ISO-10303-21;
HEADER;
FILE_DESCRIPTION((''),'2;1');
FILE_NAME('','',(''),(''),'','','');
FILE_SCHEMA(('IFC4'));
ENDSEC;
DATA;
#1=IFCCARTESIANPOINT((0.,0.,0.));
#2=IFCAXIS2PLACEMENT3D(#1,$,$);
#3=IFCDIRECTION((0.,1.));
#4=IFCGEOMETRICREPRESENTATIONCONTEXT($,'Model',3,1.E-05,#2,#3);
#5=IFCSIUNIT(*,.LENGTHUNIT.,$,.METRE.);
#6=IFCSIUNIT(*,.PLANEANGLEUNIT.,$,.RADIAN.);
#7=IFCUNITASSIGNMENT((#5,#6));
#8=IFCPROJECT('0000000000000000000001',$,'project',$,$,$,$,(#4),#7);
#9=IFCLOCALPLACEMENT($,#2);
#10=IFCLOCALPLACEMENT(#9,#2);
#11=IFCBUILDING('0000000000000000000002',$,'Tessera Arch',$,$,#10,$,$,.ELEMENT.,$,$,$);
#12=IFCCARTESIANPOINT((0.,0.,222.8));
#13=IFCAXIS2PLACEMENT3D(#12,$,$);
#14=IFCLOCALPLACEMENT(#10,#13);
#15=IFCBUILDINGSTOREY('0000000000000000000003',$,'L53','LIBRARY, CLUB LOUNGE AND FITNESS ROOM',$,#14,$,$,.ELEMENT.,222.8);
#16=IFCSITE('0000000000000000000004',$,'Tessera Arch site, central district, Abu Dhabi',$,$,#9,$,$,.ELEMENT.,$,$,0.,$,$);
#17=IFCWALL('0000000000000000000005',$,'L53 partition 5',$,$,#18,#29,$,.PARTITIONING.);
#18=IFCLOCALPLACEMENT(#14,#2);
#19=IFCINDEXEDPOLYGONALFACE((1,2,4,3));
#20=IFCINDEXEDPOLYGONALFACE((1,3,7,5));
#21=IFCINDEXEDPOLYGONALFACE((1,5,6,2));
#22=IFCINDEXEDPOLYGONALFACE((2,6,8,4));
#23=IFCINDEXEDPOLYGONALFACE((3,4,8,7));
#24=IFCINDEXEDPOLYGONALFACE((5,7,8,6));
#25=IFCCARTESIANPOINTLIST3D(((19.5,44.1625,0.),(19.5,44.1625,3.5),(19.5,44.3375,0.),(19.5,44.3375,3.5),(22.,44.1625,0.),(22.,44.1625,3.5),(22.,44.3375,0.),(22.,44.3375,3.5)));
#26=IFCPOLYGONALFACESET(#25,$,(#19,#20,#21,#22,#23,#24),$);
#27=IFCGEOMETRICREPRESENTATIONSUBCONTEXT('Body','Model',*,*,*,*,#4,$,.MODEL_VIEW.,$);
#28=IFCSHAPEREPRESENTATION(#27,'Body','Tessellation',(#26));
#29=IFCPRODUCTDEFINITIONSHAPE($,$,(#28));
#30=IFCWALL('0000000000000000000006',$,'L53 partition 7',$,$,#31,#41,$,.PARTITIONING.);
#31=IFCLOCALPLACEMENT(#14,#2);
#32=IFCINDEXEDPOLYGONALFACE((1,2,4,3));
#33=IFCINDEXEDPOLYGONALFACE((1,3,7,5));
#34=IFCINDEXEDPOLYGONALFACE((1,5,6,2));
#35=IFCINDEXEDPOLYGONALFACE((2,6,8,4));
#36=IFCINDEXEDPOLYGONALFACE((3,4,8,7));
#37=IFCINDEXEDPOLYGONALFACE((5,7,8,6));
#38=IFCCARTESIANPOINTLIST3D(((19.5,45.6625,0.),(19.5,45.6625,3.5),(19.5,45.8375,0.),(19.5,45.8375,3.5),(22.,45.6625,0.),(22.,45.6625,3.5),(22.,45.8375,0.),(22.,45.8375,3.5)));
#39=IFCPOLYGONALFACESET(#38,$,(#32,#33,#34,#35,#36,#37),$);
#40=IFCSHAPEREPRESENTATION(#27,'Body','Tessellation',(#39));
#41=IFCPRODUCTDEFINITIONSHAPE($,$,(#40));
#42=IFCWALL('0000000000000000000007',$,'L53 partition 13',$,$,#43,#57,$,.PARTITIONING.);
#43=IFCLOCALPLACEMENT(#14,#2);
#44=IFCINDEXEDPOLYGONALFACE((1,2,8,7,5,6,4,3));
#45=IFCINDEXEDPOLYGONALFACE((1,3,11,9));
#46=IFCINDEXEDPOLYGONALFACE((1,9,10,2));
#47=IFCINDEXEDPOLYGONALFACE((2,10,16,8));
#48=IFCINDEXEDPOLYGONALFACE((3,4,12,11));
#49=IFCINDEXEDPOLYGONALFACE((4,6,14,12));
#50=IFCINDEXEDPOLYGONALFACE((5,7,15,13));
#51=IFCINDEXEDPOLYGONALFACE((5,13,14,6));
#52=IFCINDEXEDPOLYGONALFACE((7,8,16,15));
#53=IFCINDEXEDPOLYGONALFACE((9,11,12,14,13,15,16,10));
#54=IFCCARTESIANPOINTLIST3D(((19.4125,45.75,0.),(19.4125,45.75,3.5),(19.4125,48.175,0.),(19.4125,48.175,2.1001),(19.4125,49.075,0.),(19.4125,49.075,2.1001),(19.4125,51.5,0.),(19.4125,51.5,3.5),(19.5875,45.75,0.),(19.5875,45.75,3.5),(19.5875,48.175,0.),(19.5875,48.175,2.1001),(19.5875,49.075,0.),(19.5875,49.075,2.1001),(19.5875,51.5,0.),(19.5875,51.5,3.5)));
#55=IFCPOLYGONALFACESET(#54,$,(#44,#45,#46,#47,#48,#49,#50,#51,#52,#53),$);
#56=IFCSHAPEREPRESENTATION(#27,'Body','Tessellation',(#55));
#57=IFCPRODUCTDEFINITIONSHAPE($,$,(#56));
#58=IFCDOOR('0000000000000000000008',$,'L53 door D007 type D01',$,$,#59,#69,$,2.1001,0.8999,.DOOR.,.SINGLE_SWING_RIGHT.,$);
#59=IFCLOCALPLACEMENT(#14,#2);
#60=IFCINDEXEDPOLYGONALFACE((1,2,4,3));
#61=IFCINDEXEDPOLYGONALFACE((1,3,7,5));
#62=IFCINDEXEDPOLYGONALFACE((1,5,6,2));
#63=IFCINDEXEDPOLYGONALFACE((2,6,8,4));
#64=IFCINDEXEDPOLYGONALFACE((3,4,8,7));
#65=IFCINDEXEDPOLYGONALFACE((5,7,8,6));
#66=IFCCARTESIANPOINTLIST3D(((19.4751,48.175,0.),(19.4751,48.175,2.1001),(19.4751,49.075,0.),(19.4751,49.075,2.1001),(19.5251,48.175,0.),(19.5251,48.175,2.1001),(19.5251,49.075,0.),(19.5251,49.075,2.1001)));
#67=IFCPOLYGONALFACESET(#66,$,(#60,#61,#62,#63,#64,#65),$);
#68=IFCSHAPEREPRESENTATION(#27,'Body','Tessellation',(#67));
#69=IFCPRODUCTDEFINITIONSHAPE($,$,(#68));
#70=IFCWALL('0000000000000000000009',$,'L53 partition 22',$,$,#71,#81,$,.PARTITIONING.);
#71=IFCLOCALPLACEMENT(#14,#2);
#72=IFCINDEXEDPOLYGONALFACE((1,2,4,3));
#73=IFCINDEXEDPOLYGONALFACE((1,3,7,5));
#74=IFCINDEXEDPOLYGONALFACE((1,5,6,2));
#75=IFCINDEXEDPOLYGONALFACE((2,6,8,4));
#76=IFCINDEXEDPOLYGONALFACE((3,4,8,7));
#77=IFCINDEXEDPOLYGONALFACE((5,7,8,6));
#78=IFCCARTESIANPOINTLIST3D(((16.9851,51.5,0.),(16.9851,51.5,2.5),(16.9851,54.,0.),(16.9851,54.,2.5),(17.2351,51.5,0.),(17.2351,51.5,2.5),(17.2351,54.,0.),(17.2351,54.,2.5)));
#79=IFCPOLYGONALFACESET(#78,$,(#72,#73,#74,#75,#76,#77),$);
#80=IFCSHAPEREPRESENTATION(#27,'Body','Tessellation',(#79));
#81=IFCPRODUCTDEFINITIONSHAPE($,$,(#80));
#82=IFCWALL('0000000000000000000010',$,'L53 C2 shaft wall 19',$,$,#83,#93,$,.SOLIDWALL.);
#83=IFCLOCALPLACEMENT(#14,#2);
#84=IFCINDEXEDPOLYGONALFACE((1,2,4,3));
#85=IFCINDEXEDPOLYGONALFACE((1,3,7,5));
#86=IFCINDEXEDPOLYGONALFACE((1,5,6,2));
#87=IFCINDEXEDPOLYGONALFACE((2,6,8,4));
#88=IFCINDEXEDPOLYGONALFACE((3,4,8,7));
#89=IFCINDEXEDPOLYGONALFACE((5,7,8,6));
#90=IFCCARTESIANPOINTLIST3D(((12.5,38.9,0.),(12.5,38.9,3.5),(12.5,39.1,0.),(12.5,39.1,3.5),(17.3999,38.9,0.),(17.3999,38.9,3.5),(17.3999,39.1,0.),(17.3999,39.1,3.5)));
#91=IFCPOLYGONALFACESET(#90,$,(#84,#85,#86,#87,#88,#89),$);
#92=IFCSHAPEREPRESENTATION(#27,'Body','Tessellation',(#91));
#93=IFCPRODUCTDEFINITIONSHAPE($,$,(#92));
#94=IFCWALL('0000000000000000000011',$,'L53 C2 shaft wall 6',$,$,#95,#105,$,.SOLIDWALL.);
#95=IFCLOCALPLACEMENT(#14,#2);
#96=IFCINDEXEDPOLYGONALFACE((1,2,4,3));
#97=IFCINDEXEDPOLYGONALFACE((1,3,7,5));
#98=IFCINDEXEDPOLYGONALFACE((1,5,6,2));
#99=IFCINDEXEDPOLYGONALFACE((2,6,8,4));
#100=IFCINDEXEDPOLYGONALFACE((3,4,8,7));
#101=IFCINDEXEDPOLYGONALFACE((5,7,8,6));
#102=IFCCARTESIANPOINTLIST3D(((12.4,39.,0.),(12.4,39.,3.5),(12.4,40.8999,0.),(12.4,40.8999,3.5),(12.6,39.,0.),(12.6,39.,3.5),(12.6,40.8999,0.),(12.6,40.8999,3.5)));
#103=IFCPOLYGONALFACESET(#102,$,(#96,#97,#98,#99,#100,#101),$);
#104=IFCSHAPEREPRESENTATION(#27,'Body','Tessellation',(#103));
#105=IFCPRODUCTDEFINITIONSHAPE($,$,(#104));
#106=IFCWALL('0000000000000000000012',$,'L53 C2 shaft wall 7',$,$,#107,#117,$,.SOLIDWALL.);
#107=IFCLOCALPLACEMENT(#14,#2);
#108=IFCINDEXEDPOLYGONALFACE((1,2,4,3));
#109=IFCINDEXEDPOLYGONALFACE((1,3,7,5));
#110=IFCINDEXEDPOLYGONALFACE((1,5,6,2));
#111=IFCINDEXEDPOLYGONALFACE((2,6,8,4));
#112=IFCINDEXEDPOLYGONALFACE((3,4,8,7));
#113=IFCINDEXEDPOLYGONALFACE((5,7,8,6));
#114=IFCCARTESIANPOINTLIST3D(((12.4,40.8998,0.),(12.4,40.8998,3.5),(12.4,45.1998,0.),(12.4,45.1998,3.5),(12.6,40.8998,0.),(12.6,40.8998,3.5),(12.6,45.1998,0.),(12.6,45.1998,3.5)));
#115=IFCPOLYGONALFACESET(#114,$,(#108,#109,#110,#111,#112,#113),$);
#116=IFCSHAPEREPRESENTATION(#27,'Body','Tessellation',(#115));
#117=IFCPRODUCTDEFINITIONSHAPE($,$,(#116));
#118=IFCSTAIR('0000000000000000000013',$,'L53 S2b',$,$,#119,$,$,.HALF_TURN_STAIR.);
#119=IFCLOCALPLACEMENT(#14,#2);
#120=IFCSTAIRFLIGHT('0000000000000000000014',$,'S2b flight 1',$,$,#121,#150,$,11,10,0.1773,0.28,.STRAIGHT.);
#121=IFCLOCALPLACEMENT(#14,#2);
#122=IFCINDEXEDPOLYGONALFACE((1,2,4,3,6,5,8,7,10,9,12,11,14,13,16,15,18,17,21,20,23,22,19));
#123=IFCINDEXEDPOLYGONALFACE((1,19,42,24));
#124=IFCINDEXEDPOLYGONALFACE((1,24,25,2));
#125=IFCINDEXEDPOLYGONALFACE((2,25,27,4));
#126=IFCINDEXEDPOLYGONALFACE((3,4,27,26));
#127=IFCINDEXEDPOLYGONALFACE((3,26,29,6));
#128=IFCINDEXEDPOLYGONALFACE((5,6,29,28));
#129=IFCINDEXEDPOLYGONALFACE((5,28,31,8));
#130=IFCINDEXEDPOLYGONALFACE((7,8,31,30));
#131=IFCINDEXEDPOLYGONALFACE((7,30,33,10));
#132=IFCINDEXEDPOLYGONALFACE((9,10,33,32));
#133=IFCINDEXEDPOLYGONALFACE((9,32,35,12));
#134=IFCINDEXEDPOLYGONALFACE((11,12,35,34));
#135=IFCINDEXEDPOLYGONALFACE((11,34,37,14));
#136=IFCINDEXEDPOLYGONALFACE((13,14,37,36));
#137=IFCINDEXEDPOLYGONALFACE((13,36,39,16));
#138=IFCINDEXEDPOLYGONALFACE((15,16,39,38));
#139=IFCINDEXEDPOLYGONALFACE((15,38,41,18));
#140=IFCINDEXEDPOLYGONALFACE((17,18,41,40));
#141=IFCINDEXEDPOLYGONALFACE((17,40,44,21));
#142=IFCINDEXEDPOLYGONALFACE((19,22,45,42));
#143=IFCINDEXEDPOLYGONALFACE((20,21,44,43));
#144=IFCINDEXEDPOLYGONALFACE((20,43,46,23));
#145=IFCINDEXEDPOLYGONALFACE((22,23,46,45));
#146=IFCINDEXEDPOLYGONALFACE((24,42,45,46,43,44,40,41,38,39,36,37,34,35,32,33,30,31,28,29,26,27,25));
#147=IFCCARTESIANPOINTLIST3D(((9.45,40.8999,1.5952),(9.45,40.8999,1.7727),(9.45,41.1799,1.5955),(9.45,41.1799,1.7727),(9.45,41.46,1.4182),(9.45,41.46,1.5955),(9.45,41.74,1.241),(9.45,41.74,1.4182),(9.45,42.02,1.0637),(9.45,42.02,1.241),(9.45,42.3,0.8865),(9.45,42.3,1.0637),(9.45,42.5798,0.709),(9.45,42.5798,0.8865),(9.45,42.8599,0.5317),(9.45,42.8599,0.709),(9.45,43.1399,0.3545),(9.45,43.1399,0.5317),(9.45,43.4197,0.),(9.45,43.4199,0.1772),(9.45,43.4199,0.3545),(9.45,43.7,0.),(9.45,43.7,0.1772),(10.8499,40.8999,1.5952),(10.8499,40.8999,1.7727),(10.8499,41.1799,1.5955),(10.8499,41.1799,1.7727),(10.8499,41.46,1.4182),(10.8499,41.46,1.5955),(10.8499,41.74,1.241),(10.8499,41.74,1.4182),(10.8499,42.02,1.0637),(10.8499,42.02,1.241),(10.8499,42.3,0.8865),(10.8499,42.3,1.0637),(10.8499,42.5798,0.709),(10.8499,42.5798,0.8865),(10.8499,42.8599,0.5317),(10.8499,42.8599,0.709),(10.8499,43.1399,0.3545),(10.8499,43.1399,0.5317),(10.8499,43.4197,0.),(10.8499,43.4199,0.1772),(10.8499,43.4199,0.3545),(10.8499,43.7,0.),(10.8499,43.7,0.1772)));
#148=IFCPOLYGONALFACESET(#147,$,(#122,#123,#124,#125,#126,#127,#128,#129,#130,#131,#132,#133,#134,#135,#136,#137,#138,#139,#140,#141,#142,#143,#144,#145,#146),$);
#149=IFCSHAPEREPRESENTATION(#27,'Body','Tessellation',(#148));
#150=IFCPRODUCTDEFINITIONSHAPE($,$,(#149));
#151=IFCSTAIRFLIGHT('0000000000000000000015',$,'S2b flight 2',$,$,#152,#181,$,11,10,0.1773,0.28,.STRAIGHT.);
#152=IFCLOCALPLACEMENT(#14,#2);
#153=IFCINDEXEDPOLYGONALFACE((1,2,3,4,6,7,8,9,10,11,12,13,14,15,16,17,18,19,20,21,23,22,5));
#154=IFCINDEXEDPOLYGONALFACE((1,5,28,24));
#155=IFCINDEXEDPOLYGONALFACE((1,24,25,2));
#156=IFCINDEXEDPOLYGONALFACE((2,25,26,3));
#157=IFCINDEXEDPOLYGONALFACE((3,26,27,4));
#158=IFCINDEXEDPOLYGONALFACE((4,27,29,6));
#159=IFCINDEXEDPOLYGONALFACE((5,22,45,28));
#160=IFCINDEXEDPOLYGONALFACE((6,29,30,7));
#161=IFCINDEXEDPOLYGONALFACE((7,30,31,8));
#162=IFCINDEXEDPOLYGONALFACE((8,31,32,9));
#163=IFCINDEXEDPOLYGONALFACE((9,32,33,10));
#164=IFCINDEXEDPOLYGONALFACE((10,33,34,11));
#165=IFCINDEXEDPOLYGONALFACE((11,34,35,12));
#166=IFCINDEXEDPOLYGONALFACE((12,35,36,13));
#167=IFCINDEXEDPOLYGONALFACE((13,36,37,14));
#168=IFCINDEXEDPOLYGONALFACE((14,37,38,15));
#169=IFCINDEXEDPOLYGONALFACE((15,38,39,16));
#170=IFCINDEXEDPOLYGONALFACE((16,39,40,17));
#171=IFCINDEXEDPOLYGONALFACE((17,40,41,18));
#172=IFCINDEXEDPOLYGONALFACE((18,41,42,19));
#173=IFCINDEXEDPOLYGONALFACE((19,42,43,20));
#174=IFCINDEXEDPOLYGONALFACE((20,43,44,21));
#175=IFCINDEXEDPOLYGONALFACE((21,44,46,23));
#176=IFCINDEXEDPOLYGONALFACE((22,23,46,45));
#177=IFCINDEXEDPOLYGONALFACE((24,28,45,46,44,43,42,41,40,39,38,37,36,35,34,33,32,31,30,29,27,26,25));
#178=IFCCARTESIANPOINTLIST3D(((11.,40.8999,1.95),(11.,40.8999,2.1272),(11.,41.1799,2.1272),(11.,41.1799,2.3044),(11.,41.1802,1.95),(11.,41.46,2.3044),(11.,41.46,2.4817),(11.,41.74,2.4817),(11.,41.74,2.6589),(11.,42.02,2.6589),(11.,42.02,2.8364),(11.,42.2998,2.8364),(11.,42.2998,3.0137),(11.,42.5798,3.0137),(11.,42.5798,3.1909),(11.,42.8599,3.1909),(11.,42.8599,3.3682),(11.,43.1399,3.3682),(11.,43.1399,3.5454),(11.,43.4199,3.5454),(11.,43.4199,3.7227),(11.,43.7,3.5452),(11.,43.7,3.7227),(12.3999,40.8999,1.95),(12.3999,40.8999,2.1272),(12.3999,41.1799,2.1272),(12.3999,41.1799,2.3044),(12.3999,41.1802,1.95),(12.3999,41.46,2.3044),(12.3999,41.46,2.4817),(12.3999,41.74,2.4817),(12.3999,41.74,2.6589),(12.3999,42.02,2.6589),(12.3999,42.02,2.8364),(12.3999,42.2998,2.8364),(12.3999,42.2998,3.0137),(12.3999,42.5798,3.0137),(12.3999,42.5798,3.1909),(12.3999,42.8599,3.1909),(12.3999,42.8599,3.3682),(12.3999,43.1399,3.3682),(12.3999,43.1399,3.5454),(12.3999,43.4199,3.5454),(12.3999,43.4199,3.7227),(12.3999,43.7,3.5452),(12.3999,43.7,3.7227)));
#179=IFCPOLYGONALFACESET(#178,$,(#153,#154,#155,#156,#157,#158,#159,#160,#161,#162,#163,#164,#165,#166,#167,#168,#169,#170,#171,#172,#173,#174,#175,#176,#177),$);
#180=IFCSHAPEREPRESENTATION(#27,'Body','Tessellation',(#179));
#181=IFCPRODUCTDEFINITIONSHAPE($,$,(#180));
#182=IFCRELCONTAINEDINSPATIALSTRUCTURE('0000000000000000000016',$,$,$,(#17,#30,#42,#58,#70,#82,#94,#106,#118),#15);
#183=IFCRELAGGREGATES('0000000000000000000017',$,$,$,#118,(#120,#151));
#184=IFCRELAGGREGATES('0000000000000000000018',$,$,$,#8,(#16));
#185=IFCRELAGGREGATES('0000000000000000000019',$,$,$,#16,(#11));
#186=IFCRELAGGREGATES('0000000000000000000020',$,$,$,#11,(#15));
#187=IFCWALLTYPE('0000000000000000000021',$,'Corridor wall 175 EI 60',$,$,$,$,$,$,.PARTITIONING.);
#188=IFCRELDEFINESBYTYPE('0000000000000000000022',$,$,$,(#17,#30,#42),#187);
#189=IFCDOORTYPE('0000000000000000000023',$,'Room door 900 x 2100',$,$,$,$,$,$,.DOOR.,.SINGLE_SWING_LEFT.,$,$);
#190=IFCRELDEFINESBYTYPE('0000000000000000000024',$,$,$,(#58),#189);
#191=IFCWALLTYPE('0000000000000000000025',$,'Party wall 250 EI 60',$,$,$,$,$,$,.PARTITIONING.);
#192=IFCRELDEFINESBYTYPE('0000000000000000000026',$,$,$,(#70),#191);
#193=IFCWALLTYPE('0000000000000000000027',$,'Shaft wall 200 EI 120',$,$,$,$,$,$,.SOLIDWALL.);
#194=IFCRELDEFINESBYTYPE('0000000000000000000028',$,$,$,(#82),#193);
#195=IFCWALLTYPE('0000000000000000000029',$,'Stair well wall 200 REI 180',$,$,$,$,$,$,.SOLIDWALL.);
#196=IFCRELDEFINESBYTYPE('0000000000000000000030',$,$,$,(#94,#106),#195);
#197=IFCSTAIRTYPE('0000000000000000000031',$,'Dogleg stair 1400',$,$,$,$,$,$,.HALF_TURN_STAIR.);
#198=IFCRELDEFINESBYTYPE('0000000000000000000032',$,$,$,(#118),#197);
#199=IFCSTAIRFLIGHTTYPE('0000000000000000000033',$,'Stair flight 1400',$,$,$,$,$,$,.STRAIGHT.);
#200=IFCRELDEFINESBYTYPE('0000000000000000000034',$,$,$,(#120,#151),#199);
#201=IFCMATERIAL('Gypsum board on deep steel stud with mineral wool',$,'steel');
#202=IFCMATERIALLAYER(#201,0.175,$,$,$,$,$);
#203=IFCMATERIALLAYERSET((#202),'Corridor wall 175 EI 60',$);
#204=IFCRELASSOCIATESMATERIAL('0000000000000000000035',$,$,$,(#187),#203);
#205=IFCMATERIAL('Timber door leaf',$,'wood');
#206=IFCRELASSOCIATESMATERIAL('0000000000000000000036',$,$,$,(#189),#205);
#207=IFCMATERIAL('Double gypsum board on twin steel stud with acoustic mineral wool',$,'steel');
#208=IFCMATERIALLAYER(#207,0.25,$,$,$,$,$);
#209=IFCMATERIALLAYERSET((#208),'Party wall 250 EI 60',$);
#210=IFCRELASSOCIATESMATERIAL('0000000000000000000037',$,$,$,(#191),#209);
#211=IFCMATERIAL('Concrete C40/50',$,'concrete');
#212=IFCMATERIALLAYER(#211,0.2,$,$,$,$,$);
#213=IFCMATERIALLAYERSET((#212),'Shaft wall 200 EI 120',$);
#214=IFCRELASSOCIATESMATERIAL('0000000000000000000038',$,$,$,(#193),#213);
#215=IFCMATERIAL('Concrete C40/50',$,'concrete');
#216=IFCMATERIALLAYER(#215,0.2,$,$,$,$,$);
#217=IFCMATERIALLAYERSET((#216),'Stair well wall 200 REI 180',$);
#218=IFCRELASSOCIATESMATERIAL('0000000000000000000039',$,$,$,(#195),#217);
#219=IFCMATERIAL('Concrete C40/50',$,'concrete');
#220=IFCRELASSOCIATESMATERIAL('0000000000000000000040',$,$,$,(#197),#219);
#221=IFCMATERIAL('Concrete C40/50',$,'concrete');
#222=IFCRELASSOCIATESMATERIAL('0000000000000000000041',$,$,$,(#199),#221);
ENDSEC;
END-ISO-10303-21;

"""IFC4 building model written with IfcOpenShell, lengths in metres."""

from ifc_helpers import new_model, si_unit, direction, frame, frame_2d, origin, place, context, subcontext, project, spatial, polyline, rectangle, outline, extrude, material, layer, layer_set, type_object, element, fill, aggregate, save


model = new_model("IFC4")

# Units and contexts
model_context = context("Model", 3, precision=1e-05, world=origin(), true_north=direction((0.0, 1.0)))
body_context = subcontext(model_context, "Body", "Model", "MODEL_VIEW")
ifc_project = project(units=[si_unit("LENGTHUNIT", "METRE"), si_unit("PLANEANGLEUNIT", "RADIAN")], contexts=[model_context])

# Site, building, storey
site_placement = place(None, origin())
site = spatial("IfcSite", under=ifc_project, at=site_placement, Name="Tessera Arch site, central district, Abu Dhabi", CompositionType="ELEMENT", RefElevation=0.0)
building_placement = place(site_placement, origin())
building = spatial("IfcBuilding", under=site, at=building_placement, Name="Tessera Arch", CompositionType="ELEMENT")
storey_placement = place(building_placement, frame((0.0, 0.0, 222.8)))
storey = spatial("IfcBuildingStorey", under=building, at=storey_placement, Name="L53", Description="LIBRARY, CLUB LOUNGE AND FITNESS ROOM", CompositionType="ELEMENT", Elevation=222.8)

# Walls
ifc_material_1 = material(Name="Gypsum board on deep steel stud with mineral wool", Category="steel")
ifc_layer_1 = layer(ifc_material_1, 0.175)
ifc_layer_set_1 = layer_set([ifc_layer_1], Name="Corridor wall 175 EI 60")
wall_type_1 = type_object("IfcWallType", Name="Corridor wall 175 EI 60", PredefinedType="PARTITIONING", material=ifc_layer_set_1)
for number, where, z_axis, x_axis, name in (
    (1, (19.5, 44.25, 0.0), (0.0, 0.0, 1.0), (1.0, 0.0, 0.0), "L53 partition 5"),
    (2, (19.5, 45.75, 0.0), (0.0, 0.0, 1.0), (1.0, 0.0, 0.0), "L53 partition 7"),
):
    element("IfcWall", number, at=place(storey_placement, frame(where, z_axis=z_axis, x_axis=x_axis)), inside=storey, type_object=wall_type_1, Name=name, PredefinedType="PARTITIONING", context=body_context, shape_type="SweptSolid", body=[
        extrude(rectangle(XDim=2.5, YDim=0.175, at=frame_2d((1.25, 0.0))), origin(), (0.0, 0.0, 1.0), 3.5),
    ])

# Wall, opening, door
wall_1_placement = place(storey_placement, frame((19.5, 45.75, 0.0), z_axis=(0.0, 0.0, 1.0), x_axis=(0.0, 1.0, 0.0)))
wall_1 = element("IfcWall", 3, at=wall_1_placement, inside=storey, type_object=wall_type_1, Name="L53 partition 13", PredefinedType="PARTITIONING", context=body_context, shape_type="SweptSolid", body=[
    extrude(rectangle(XDim=5.75, YDim=0.175, at=frame_2d((2.875, 0.0))), origin(), (0.0, 0.0, 1.0), 3.5),
])
opening_1_placement = place(wall_1_placement, frame((2.425, 0.0, 0.0)))
opening_1 = element("IfcOpeningElement", 4, at=opening_1_placement, cuts=wall_1, PredefinedType="OPENING", context=body_context, shape_type="SweptSolid", body=[
    extrude(rectangle(XDim=0.8999, YDim=2.1001, at=frame_2d((0.45, 1.05))), frame((0.0, 0.0974, 0.0), z_axis=(0.0, -1.0, 0.0), x_axis=(1.0, 0.0, 0.0)), (0.0, 0.0, 1.0), 0.1951),
])
ifc_material_2 = material(Name="Timber door leaf", Category="wood")
door_type_1 = type_object("IfcDoorType", Name="Room door 900 x 2100", OperationType="SINGLE_SWING_LEFT", PredefinedType="DOOR", material=ifc_material_2)
door_1_placement = place(opening_1_placement, origin())
door_1 = element("IfcDoor", 5, at=door_1_placement, inside=storey, type_object=door_type_1, Name="L53 door D007 type D01", OperationType="SINGLE_SWING_RIGHT", OverallHeight=2.1001, OverallWidth=0.8999, PredefinedType="DOOR", context=body_context, shape_type="SweptSolid", body=[
    extrude(rectangle(XDim=0.8999, YDim=2.1001, at=frame_2d((0.45, 1.05))), frame((0.0, 0.0249, 0.0), z_axis=(0.0, -1.0, 0.0), x_axis=(1.0, 0.0, 0.0)), (0.0, 0.0, 1.0), 0.05),
])
fill(opening_1, door_1)

# Walls
ifc_material_3 = material(Name="Double gypsum board on twin steel stud with acoustic mineral wool", Category="steel")
ifc_layer_2 = layer(ifc_material_3, 0.25)
ifc_layer_set_2 = layer_set([ifc_layer_2], Name="Party wall 250 EI 60")
wall_type_2 = type_object("IfcWallType", Name="Party wall 250 EI 60", PredefinedType="PARTITIONING", material=ifc_layer_set_2)
wall_2_placement = place(storey_placement, frame((17.1101, 51.5, 0.0), z_axis=(0.0, 0.0, 1.0), x_axis=(0.0, 1.0, 0.0)))
element("IfcWall", 6, at=wall_2_placement, inside=storey, type_object=wall_type_2, Name="L53 partition 22", PredefinedType="PARTITIONING", context=body_context, shape_type="SweptSolid", body=[
    extrude(rectangle(XDim=2.5, YDim=0.25, at=frame_2d((1.25, 0.0))), origin(), (0.0, 0.0, 1.0), 2.5),
])
ifc_material_4 = material(Name="Concrete C40/50", Category="concrete")
ifc_layer_3 = layer(ifc_material_4, 0.2)
ifc_layer_set_3 = layer_set([ifc_layer_3], Name="Shaft wall 200 EI 120")
wall_type_3 = type_object("IfcWallType", Name="Shaft wall 200 EI 120", PredefinedType="SOLIDWALL", material=ifc_layer_set_3)
wall_3_placement = place(storey_placement, frame((12.5, 39.0, 0.0), z_axis=(0.0, 0.0, 1.0), x_axis=(1.0, 0.0, 0.0)))
element("IfcWall", 7, at=wall_3_placement, inside=storey, type_object=wall_type_3, Name="L53 C2 shaft wall 19", PredefinedType="SOLIDWALL", context=body_context, shape_type="SweptSolid", body=[
    extrude(rectangle(XDim=4.8999, YDim=0.2, at=frame_2d((2.45, 0.0))), origin(), (0.0, 0.0, 1.0), 3.5),
])
ifc_material_5 = material(Name="Concrete C40/50", Category="concrete")
ifc_layer_4 = layer(ifc_material_5, 0.2)
ifc_layer_set_4 = layer_set([ifc_layer_4], Name="Stair well wall 200 REI 180")
wall_type_4 = type_object("IfcWallType", Name="Stair well wall 200 REI 180", PredefinedType="SOLIDWALL", material=ifc_layer_set_4)
wall_4_placement = place(storey_placement, frame((12.5, 39.0, 0.0), z_axis=(0.0, 0.0, 1.0), x_axis=(0.0, 1.0, 0.0)))
element("IfcWall", 8, at=wall_4_placement, inside=storey, type_object=wall_type_4, Name="L53 C2 shaft wall 6", PredefinedType="SOLIDWALL", context=body_context, shape_type="SweptSolid", body=[
    extrude(rectangle(XDim=1.8999, YDim=0.2, at=frame_2d((0.95, 0.0))), origin(), (0.0, 0.0, 1.0), 3.5),
])
wall_5_placement = place(storey_placement, frame((12.5, 40.8999, 0.0), z_axis=(0.0, 0.0, 1.0), x_axis=(0.0, 1.0, 0.0)))
element("IfcWall", 9, at=wall_5_placement, inside=storey, type_object=wall_type_4, Name="L53 C2 shaft wall 7", PredefinedType="SOLIDWALL", context=body_context, shape_type="SweptSolid", body=[
    extrude(rectangle(XDim=4.3, YDim=0.2, at=frame_2d((2.1499, 0.0))), origin(), (0.0, 0.0, 1.0), 3.5),
])

# Stair, stair flights
ifc_material_6 = material(Name="Concrete C40/50", Category="concrete")
stair_type = type_object("IfcStairType", Name="Dogleg stair 1400", PredefinedType="HALF_TURN_STAIR", material=ifc_material_6)
stair_placement = place(storey_placement, origin())
stair = element("IfcStair", 10, at=stair_placement, inside=storey, type_object=stair_type, Name="L53 S2b", PredefinedType="HALF_TURN_STAIR")
ifc_material_7 = material(Name="Concrete C40/50", Category="concrete")
stair_flight_type = type_object("IfcStairFlightType", Name="Stair flight 1400", PredefinedType="STRAIGHT", material=ifc_material_7)
stair_flight_1_placement = place(storey_placement, frame((10.1499, 43.7, 0.0), z_axis=(0.0, 0.0, 1.0), x_axis=(0.0, -1.0, 0.0)))
stair_flight_1 = element("IfcStairFlight", 11, at=stair_flight_1_placement, type_object=stair_flight_type, Name="S2b flight 1", NumberOfRisers=11, NumberOfTreads=10, PredefinedType="STRAIGHT", RiserHeight=0.1773, TreadLength=0.28, context=body_context, shape_type="SweptSolid", body=[
    extrude(outline(polyline([(0.0, 0.0), (0.0, 0.1772), (0.28, 0.1772), (0.28, 0.3545), (0.5601, 0.3545), (0.5601, 0.5317), (0.8401, 0.5317), (0.8401, 0.709), (1.1201, 0.709), (1.1201, 0.8865), (1.3999, 0.8865), (1.3999, 1.0637), (1.6799, 1.0637), (1.6799, 1.241), (1.96, 1.241), (1.96, 1.4182), (2.24, 1.4182), (2.24, 1.5955), (2.52, 1.5955), (2.52, 1.7727), (2.8, 1.7727), (2.8, 1.95), (2.8, 1.5952), (0.2803, 0.0), (0.0, 0.0)])), frame((0.0, 0.7, 0.0), z_axis=(0.0, -1.0, 0.0), x_axis=(1.0, 0.0, 0.0)), (0.0, 0.0, 1.0), 1.3999),
])
stair_flight_2_placement = place(storey_placement, frame((11.7, 40.8999, 1.95), z_axis=(0.0, 0.0, 1.0), x_axis=(0.0, 1.0, 0.0)))
stair_flight_2 = element("IfcStairFlight", 12, at=stair_flight_2_placement, type_object=stair_flight_type, Name="S2b flight 2", NumberOfRisers=11, NumberOfTreads=10, PredefinedType="STRAIGHT", RiserHeight=0.1773, TreadLength=0.28, context=body_context, shape_type="SweptSolid", body=[
    extrude(outline(polyline([(0.0, 0.0), (0.0, 0.1772), (0.28, 0.1772), (0.28, 0.3545), (0.5601, 0.3545), (0.5601, 0.5317), (0.8401, 0.5317), (0.8401, 0.709), (1.1201, 0.709), (1.1201, 0.8865), (1.3999, 0.8865), (1.3999, 1.0637), (1.6799, 1.0637), (1.6799, 1.241), (1.96, 1.241), (1.96, 1.4182), (2.24, 1.4182), (2.24, 1.5955), (2.52, 1.5955), (2.52, 1.7727), (2.8, 1.7727), (2.8, 1.95), (2.8, 1.5952), (0.2803, 0.0), (0.0, 0.0)])), frame((0.0, 0.7, 0.0), z_axis=(0.0, -1.0, 0.0), x_axis=(1.0, 0.0, 0.0)), (0.0, 0.0, 1.0), 1.3999),
])
aggregate(stair, [stair_flight_1, stair_flight_2])

save(model, "model.ifc")
